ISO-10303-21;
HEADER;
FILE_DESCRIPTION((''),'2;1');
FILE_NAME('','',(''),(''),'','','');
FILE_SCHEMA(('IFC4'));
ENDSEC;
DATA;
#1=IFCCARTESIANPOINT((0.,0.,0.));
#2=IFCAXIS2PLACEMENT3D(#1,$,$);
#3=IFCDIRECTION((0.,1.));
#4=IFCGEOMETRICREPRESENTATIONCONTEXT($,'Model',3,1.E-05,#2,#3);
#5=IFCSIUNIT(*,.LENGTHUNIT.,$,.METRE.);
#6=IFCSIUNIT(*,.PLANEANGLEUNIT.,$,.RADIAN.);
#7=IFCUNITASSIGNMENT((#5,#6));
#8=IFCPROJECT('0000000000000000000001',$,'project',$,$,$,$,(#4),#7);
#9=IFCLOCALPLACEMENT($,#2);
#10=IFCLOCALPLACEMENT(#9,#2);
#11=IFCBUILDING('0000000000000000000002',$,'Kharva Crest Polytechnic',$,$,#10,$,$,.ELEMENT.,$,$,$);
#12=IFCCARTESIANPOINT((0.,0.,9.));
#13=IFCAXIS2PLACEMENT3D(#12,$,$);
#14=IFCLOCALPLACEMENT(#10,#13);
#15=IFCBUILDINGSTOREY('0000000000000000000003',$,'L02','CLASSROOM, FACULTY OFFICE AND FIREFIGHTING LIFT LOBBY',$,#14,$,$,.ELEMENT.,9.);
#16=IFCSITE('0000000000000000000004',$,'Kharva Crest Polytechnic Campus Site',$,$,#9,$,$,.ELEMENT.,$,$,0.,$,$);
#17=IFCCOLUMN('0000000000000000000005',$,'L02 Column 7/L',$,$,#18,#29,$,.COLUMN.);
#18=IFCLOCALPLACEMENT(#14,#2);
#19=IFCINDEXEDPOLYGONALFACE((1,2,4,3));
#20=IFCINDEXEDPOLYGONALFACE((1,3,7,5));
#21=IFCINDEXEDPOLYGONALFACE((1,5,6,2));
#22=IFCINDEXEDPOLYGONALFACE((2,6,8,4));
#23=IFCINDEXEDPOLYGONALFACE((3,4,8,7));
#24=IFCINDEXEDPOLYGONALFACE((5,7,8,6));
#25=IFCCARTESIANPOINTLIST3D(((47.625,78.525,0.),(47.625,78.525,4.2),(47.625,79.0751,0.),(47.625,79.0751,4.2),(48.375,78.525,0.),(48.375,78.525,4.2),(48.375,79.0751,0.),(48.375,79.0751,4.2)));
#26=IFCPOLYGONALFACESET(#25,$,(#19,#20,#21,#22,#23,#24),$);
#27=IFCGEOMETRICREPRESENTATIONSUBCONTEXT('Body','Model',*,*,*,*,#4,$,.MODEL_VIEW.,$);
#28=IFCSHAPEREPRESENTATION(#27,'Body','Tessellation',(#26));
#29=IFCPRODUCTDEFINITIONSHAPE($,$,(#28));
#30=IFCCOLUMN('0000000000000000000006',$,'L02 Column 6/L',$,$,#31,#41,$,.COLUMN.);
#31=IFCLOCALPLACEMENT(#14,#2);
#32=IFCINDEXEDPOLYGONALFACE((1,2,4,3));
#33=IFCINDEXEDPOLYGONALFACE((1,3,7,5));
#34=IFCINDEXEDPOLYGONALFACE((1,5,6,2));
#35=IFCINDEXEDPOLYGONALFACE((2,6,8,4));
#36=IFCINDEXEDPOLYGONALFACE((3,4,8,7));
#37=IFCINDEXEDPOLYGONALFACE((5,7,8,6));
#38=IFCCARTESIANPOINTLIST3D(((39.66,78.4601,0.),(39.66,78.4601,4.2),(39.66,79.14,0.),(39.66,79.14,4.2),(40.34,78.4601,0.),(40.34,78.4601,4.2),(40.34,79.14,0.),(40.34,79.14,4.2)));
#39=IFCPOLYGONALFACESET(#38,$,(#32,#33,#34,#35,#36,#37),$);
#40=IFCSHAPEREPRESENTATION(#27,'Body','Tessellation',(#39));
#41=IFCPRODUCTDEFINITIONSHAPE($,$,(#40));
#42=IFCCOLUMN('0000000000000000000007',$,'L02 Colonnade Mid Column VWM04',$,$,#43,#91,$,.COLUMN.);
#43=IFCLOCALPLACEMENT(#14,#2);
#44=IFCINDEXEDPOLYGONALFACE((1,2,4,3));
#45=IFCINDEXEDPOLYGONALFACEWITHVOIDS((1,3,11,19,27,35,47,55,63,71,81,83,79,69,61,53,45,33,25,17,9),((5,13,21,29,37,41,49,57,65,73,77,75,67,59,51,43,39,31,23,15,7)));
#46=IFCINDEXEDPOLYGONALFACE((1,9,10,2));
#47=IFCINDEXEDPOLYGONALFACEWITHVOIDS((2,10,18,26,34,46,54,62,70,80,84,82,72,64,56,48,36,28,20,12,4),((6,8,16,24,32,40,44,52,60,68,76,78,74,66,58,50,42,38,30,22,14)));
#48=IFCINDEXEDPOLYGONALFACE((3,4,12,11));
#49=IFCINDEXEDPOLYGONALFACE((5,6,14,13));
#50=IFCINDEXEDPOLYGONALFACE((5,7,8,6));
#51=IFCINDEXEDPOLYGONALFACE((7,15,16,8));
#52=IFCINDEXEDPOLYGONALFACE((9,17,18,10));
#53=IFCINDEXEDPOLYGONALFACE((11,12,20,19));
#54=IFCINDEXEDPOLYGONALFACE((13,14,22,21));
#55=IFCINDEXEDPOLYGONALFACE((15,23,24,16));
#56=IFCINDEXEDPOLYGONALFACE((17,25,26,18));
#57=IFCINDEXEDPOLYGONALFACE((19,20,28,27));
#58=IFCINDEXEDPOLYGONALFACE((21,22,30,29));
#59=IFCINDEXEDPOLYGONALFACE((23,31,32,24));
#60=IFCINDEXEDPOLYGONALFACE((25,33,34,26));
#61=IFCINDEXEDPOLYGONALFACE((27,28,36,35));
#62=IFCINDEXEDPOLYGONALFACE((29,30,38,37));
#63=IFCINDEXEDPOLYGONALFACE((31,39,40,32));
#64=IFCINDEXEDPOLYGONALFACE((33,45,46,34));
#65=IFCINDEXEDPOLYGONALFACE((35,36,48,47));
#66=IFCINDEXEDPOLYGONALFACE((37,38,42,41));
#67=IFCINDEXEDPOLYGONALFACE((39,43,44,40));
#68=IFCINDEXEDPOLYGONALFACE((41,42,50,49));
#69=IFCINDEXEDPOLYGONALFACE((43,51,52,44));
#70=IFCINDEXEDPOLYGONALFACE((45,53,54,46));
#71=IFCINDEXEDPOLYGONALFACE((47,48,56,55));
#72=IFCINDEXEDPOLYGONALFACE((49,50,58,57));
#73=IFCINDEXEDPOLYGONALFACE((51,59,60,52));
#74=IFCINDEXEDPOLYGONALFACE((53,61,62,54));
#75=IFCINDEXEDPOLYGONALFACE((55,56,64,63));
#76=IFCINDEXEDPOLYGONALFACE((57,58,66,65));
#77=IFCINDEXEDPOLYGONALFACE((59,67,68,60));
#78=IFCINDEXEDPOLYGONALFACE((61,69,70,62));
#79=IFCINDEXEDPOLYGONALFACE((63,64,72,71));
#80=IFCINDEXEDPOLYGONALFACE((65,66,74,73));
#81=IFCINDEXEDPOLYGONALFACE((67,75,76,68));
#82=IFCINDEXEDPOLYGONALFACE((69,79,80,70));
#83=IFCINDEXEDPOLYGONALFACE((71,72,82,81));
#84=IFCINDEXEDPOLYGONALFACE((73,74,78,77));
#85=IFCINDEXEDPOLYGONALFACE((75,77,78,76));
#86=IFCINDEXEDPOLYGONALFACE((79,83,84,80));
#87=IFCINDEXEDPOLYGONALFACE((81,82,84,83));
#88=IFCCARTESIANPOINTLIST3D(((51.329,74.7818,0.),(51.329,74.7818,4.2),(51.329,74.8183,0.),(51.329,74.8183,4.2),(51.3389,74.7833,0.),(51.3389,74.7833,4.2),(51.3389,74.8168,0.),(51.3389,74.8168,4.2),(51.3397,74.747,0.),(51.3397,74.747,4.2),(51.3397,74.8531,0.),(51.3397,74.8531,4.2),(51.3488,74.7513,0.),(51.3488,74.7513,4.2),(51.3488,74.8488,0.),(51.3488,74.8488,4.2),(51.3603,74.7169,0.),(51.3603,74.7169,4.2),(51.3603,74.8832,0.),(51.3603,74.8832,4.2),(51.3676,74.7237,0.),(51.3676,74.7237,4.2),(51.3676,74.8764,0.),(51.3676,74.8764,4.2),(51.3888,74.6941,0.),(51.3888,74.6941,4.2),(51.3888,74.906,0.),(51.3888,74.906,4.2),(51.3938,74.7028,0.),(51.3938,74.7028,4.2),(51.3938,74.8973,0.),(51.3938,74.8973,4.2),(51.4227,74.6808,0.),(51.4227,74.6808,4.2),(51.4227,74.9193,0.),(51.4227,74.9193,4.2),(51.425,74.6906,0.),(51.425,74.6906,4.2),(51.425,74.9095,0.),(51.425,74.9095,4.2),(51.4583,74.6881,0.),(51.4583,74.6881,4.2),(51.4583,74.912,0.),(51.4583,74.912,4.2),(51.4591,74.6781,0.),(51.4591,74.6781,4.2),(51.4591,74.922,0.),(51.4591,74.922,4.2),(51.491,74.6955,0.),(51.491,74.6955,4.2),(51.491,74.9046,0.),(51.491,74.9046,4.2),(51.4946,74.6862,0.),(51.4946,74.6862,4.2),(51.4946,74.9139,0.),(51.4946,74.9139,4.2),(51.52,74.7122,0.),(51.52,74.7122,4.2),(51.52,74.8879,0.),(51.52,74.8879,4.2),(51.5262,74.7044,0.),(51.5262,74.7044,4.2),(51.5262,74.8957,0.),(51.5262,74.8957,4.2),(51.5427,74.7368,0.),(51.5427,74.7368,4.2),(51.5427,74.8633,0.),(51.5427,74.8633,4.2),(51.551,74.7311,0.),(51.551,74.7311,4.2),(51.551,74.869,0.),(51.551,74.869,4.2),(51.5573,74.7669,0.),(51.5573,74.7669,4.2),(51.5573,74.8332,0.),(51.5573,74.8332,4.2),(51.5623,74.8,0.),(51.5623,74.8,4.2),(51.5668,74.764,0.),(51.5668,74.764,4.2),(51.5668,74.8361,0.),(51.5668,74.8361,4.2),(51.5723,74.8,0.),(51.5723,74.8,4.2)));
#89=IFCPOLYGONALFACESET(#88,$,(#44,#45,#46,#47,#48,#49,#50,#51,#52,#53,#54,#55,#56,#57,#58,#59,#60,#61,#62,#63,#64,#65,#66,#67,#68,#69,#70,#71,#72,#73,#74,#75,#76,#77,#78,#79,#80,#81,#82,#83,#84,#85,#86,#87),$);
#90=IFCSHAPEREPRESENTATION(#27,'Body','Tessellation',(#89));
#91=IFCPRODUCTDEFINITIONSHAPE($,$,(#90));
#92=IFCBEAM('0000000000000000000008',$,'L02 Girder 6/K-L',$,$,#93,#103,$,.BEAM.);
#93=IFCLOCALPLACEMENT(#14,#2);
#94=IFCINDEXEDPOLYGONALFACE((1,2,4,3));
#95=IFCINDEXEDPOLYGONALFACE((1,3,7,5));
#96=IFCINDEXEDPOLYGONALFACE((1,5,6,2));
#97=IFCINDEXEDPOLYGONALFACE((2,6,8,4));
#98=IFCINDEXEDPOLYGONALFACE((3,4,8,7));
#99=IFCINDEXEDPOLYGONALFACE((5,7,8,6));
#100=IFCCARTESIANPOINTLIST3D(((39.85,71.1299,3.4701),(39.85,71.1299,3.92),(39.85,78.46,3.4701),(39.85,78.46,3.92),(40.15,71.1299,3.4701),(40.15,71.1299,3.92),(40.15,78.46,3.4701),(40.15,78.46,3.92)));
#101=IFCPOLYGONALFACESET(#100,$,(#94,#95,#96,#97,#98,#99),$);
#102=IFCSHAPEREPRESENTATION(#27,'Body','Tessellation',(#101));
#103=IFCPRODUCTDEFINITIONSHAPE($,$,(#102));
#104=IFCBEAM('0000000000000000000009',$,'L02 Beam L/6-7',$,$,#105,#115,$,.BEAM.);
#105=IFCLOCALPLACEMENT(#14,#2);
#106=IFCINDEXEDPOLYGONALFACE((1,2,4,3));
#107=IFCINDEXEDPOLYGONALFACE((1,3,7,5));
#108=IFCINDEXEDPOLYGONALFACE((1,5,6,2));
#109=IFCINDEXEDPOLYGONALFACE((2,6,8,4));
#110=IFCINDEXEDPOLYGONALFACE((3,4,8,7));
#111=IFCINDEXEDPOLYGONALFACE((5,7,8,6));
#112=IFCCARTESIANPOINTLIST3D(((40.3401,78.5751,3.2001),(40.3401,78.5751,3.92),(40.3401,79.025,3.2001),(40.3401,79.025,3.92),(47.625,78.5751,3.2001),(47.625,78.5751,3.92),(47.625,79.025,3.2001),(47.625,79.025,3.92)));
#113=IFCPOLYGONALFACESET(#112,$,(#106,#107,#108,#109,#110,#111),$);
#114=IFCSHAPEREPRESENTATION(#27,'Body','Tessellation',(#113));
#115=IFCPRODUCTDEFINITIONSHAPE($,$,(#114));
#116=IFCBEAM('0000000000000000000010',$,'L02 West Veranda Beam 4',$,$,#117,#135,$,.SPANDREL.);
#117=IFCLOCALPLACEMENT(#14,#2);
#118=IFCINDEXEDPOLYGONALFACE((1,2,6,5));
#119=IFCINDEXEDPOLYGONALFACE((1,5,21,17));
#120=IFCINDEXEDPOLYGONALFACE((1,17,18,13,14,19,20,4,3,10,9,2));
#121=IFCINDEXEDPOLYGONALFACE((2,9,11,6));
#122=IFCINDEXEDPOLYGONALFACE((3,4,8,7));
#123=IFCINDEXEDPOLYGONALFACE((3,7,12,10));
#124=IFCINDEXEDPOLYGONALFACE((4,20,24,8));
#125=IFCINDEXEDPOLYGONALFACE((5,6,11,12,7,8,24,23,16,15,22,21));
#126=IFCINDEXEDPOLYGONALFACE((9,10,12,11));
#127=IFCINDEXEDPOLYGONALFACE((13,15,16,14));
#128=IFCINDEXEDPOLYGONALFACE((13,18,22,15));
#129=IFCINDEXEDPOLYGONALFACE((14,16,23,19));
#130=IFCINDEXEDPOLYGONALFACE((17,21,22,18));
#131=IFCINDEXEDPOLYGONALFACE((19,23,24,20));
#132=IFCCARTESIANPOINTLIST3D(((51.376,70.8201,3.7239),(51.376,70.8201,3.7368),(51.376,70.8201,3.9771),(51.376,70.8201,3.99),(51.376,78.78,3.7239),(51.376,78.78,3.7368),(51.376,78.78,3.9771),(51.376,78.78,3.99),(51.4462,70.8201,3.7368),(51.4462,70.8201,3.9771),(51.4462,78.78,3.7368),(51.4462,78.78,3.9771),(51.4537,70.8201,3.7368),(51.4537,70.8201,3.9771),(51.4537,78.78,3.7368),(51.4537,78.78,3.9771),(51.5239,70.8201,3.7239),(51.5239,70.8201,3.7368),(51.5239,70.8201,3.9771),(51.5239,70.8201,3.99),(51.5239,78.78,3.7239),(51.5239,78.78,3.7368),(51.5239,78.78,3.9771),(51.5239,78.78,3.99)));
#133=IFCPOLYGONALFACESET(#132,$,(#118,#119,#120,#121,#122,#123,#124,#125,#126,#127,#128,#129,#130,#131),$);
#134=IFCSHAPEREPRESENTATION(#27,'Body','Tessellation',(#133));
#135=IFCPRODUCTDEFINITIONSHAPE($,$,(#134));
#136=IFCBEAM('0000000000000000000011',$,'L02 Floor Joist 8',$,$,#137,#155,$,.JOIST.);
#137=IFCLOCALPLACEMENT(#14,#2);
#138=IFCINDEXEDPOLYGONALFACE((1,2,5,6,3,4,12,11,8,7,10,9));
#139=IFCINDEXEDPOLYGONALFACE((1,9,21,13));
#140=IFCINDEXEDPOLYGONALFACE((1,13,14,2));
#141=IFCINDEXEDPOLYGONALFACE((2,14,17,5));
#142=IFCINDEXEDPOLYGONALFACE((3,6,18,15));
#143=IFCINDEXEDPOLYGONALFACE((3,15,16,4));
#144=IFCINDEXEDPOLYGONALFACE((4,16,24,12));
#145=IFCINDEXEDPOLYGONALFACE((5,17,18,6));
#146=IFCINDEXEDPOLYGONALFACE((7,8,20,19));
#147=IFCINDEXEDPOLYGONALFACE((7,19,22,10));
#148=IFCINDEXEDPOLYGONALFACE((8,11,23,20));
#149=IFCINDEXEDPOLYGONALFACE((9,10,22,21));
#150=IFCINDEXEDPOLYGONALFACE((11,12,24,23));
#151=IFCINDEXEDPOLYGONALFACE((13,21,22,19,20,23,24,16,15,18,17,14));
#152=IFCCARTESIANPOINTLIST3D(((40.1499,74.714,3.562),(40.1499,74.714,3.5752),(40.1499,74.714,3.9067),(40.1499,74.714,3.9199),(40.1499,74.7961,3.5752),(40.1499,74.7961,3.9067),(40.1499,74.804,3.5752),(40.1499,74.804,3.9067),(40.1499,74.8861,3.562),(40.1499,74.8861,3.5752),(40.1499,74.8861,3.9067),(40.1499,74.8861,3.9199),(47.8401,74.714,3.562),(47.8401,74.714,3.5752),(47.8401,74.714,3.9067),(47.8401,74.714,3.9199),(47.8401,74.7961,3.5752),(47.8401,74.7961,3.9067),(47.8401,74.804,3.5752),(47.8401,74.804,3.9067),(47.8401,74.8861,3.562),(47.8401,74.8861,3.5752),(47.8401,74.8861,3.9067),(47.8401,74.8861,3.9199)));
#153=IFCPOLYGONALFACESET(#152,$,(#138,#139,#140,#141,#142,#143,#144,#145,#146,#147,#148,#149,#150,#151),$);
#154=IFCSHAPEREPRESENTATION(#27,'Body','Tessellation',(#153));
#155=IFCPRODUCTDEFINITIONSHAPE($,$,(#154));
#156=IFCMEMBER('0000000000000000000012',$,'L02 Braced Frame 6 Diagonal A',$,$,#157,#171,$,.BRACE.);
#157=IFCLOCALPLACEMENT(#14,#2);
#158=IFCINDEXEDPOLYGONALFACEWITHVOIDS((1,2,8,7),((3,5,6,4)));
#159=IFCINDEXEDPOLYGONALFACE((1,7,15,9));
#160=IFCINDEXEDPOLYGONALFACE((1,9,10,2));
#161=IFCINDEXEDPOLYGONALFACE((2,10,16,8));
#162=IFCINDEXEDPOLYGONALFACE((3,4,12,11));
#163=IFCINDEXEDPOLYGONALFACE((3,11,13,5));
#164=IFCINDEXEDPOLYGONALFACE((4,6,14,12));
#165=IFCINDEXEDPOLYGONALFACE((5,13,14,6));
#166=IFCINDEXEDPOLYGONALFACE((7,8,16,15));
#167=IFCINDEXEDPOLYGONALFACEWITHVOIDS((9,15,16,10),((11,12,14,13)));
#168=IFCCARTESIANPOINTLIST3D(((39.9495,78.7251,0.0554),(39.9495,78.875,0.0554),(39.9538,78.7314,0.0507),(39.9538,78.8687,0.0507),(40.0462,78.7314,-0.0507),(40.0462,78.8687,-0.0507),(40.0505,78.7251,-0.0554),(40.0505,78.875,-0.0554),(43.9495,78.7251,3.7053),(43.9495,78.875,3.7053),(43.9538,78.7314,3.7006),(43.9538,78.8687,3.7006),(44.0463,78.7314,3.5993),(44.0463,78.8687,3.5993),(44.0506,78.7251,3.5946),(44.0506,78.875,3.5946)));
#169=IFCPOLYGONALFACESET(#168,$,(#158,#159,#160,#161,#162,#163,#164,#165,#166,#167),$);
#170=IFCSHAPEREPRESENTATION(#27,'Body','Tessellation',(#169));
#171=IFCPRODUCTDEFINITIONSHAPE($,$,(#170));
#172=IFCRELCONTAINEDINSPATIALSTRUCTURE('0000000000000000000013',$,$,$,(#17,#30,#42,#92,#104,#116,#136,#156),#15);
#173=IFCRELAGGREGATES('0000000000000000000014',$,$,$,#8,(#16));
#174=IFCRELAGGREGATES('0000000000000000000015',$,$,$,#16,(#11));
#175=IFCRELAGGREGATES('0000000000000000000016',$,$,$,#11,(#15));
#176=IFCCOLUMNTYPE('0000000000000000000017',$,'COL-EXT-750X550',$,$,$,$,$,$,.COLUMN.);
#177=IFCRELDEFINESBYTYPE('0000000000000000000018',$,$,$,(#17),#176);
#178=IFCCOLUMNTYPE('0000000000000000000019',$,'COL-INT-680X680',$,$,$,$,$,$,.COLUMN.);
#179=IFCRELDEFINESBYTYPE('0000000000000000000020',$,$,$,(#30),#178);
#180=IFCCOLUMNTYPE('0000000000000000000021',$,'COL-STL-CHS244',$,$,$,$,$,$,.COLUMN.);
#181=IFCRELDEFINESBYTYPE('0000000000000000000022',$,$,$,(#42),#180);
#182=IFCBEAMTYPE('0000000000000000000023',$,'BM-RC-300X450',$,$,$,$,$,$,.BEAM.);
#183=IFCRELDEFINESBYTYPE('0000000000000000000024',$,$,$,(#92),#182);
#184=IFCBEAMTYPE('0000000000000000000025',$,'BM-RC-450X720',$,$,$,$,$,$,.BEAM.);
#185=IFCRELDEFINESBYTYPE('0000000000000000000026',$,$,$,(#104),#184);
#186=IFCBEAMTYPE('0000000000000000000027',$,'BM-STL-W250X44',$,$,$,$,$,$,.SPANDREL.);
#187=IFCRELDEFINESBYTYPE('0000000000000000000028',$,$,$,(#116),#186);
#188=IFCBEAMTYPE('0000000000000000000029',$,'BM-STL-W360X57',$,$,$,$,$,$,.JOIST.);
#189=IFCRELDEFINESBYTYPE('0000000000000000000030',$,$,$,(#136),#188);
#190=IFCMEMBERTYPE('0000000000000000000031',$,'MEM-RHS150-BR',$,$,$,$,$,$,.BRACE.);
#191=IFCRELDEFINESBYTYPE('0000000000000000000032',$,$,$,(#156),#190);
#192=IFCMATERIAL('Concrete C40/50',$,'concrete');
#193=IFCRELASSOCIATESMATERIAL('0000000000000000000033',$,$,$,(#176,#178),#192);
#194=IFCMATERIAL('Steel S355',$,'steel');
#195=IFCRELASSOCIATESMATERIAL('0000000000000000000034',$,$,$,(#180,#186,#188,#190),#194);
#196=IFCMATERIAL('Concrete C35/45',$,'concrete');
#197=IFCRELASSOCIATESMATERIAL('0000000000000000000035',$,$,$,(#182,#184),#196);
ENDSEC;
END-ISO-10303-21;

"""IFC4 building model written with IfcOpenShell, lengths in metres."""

from ifc_helpers import new_model, si_unit, direction, frame, origin, origin_2d, place, context, subcontext, project, spatial, rectangle, hollow_rectangle, hollow_circle, i_section, extrude, material, material_profile, profile_set, type_object, element, save


model = new_model("IFC4")

# Units and contexts
model_context = context("Model", 3, precision=1e-05, world=origin(), true_north=direction((0.0, 1.0)))
body_context = subcontext(model_context, "Body", "Model", "MODEL_VIEW")
ifc_project = project(units=[si_unit("LENGTHUNIT", "METRE"), si_unit("PLANEANGLEUNIT", "RADIAN")], contexts=[model_context])

# Site, building, storey
site_placement = place(None, origin())
site = spatial("IfcSite", under=ifc_project, at=site_placement, Name="Kharva Crest Polytechnic Campus Site", CompositionType="ELEMENT", RefElevation=0.0)
building_placement = place(site_placement, origin())
building = spatial("IfcBuilding", under=site, at=building_placement, Name="Kharva Crest Polytechnic", CompositionType="ELEMENT")
storey_placement = place(building_placement, frame((0.0, 0.0, 9.0)))
storey = spatial("IfcBuildingStorey", under=building, at=storey_placement, Name="L02", Description="CLASSROOM, FACULTY OFFICE AND FIREFIGHTING LIFT LOBBY", CompositionType="ELEMENT", Elevation=9.0)

# Columns
ifc_material_1 = material(Name="Concrete C40/50", Category="concrete")
ifc_material_profile_1 = material_profile(ifc_material_1, rectangle(XDim=0.75, YDim=0.55, at=origin_2d()), Name="RECT 750 X 550")
ifc_profile_set_1 = profile_set([ifc_material_profile_1], Name="Concrete C40/50")
column_type_1 = type_object("IfcColumnType", Name="COL-EXT-750X550", PredefinedType="COLUMN", material=ifc_profile_set_1)
column_1_placement = place(storey_placement, frame((48.0, 78.8, 0.0), z_axis=(0.0, 0.0, 1.0), x_axis=(1.0, 0.0, 0.0)))
element("IfcColumn", 1, at=column_1_placement, inside=storey, type_object=column_type_1, Name="L02 Column 7/L", PredefinedType="COLUMN", context=body_context, shape_type="SweptSolid", body=[
    extrude(rectangle(XDim=0.75, YDim=0.55, at=origin_2d()), origin(), (0.0, 0.0, 1.0), 4.2),
])
ifc_material_profile_2 = material_profile(ifc_material_1, rectangle(XDim=0.6799, YDim=0.6799, at=origin_2d()), Name="RECT 680 X 680")
ifc_profile_set_2 = profile_set([ifc_material_profile_2], Name="Concrete C40/50")
column_type_2 = type_object("IfcColumnType", Name="COL-INT-680X680", PredefinedType="COLUMN", material=ifc_profile_set_2)
column_2_placement = place(storey_placement, frame((40.0, 78.8, 0.0), z_axis=(0.0, 0.0, 1.0), x_axis=(1.0, 0.0, 0.0)))
element("IfcColumn", 2, at=column_2_placement, inside=storey, type_object=column_type_2, Name="L02 Column 6/L", PredefinedType="COLUMN", context=body_context, shape_type="SweptSolid", body=[
    extrude(rectangle(XDim=0.6799, YDim=0.6799, at=origin_2d()), origin(), (0.0, 0.0, 1.0), 4.2),
])
ifc_material_2 = material(Name="Steel S355", Category="steel")
ifc_material_profile_3 = material_profile(ifc_material_2, hollow_circle(Radius=0.1223, WallThickness=0.01, at=origin_2d()), Name="CHS 244.5X10.0")
ifc_profile_set_3 = profile_set([ifc_material_profile_3], Name="Steel S355")
column_type_3 = type_object("IfcColumnType", Name="COL-STL-CHS244", PredefinedType="COLUMN", material=ifc_profile_set_3)
column_3_placement = place(storey_placement, frame((51.45, 74.8, 0.0), z_axis=(0.0, 0.0, 1.0), x_axis=(1.0, 0.0, 0.0)))
element("IfcColumn", 3, at=column_3_placement, inside=storey, type_object=column_type_3, Name="L02 Colonnade Mid Column VWM04", PredefinedType="COLUMN", context=body_context, shape_type="SweptSolid", body=[
    extrude(hollow_circle(Radius=0.1223, WallThickness=0.01, at=origin_2d()), origin(), (0.0, 0.0, 1.0), 4.2),
])

# Beams
ifc_material_3 = material(Name="Concrete C35/45", Category="concrete")
ifc_material_profile_4 = material_profile(ifc_material_3, rectangle(XDim=0.3, YDim=0.45, at=origin_2d()), Name="RECT 300 X 450")
ifc_profile_set_4 = profile_set([ifc_material_profile_4], Name="Concrete C35/45")
beam_type_1 = type_object("IfcBeamType", Name="BM-RC-300X450", PredefinedType="BEAM", material=ifc_profile_set_4)
beam_1_placement = place(storey_placement, frame((40.0, 71.1299, 3.6951), z_axis=(0.0, 1.0, 0.0), x_axis=(-1.0, 0.0, 0.0)))
element("IfcBeam", 4, at=beam_1_placement, inside=storey, type_object=beam_type_1, Name="L02 Girder 6/K-L", PredefinedType="BEAM", context=body_context, shape_type="SweptSolid", body=[
    extrude(rectangle(XDim=0.3, YDim=0.45, at=origin_2d()), origin(), (0.0, 0.0, 1.0), 7.3301),
])
ifc_material_profile_5 = material_profile(ifc_material_3, rectangle(XDim=0.45, YDim=0.72, at=origin_2d()), Name="RECT 450 X 720")
ifc_profile_set_5 = profile_set([ifc_material_profile_5], Name="Concrete C35/45")
beam_type_2 = type_object("IfcBeamType", Name="BM-RC-450X720", PredefinedType="BEAM", material=ifc_profile_set_5)
beam_2_placement = place(storey_placement, frame((40.3401, 78.8, 3.5601), z_axis=(1.0, 0.0, 0.0), x_axis=(0.0, 1.0, 0.0)))
element("IfcBeam", 5, at=beam_2_placement, inside=storey, type_object=beam_type_2, Name="L02 Beam L/6-7", PredefinedType="BEAM", context=body_context, shape_type="SweptSolid", body=[
    extrude(rectangle(XDim=0.45, YDim=0.72, at=origin_2d()), origin(), (0.0, 0.0, 1.0), 7.2849),
])
ifc_material_profile_6 = material_profile(ifc_material_2, i_section(OverallWidth=0.1479, OverallDepth=0.2661, WebThickness=0.0076, FlangeThickness=0.0129, at=origin_2d()), Name="W250X44.8")
ifc_profile_set_6 = profile_set([ifc_material_profile_6], Name="Steel S355")
beam_type_3 = type_object("IfcBeamType", Name="BM-STL-W250X44", PredefinedType="SPANDREL", material=ifc_profile_set_6)
beam_3_placement = place(storey_placement, frame((51.45, 70.8201, 3.8569), z_axis=(0.0, 1.0, 0.0), x_axis=(-1.0, 0.0, 0.0)))
element("IfcBeam", 6, at=beam_3_placement, inside=storey, type_object=beam_type_3, Name="L02 West Veranda Beam 4", PredefinedType="SPANDREL", context=body_context, shape_type="SweptSolid", body=[
    extrude(i_section(OverallWidth=0.1479, OverallDepth=0.2661, WebThickness=0.0076, FlangeThickness=0.0129, at=origin_2d()), origin(), (0.0, 0.0, 1.0), 7.96),
])
ifc_material_profile_7 = material_profile(ifc_material_2, i_section(OverallWidth=0.1721, OverallDepth=0.3579, WebThickness=0.0078, FlangeThickness=0.0132, at=origin_2d()), Name="W360X57.8")
ifc_profile_set_7 = profile_set([ifc_material_profile_7], Name="Steel S355")
beam_type_4 = type_object("IfcBeamType", Name="BM-STL-W360X57", PredefinedType="JOIST", material=ifc_profile_set_7)
beam_4_placement = place(storey_placement, frame((40.1499, 74.8, 3.741), z_axis=(1.0, 0.0, 0.0), x_axis=(0.0, 1.0, 0.0)))
element("IfcBeam", 7, at=beam_4_placement, inside=storey, type_object=beam_type_4, Name="L02 Floor Joist 8", PredefinedType="JOIST", context=body_context, shape_type="SweptSolid", body=[
    extrude(i_section(OverallWidth=0.1721, OverallDepth=0.3579, WebThickness=0.0078, FlangeThickness=0.0132, at=origin_2d()), origin(), (0.0, 0.0, 1.0), 7.6902),
])

# Member
ifc_material_profile_8 = material_profile(ifc_material_2, hollow_rectangle(XDim=0.1499, YDim=0.1499, WallThickness=0.0063, at=origin_2d()), Name="RHS 150X150X6.3")
ifc_profile_set_8 = profile_set([ifc_material_profile_8], Name="Steel S355")
member_type_1 = type_object("IfcMemberType", Name="MEM-RHS150-BR", PredefinedType="BRACE", material=ifc_profile_set_8)
member_1_placement = place(storey_placement, frame((40.0, 78.8, 0.0), z_axis=(0.738694, 0.0, 0.674041), x_axis=(0.0, 1.0, 0.0)))
element("IfcMember", 8, at=member_1_placement, inside=storey, type_object=member_type_1, Name="L02 Braced Frame 6 Diagonal A", PredefinedType="BRACE", context=body_context, shape_type="SweptSolid", body=[
    extrude(hollow_rectangle(XDim=0.1499, YDim=0.1499, WallThickness=0.0063, at=origin_2d()), origin(), (0.0, 0.0, 1.0), 5.415),
])

save(model, "model.ifc")
